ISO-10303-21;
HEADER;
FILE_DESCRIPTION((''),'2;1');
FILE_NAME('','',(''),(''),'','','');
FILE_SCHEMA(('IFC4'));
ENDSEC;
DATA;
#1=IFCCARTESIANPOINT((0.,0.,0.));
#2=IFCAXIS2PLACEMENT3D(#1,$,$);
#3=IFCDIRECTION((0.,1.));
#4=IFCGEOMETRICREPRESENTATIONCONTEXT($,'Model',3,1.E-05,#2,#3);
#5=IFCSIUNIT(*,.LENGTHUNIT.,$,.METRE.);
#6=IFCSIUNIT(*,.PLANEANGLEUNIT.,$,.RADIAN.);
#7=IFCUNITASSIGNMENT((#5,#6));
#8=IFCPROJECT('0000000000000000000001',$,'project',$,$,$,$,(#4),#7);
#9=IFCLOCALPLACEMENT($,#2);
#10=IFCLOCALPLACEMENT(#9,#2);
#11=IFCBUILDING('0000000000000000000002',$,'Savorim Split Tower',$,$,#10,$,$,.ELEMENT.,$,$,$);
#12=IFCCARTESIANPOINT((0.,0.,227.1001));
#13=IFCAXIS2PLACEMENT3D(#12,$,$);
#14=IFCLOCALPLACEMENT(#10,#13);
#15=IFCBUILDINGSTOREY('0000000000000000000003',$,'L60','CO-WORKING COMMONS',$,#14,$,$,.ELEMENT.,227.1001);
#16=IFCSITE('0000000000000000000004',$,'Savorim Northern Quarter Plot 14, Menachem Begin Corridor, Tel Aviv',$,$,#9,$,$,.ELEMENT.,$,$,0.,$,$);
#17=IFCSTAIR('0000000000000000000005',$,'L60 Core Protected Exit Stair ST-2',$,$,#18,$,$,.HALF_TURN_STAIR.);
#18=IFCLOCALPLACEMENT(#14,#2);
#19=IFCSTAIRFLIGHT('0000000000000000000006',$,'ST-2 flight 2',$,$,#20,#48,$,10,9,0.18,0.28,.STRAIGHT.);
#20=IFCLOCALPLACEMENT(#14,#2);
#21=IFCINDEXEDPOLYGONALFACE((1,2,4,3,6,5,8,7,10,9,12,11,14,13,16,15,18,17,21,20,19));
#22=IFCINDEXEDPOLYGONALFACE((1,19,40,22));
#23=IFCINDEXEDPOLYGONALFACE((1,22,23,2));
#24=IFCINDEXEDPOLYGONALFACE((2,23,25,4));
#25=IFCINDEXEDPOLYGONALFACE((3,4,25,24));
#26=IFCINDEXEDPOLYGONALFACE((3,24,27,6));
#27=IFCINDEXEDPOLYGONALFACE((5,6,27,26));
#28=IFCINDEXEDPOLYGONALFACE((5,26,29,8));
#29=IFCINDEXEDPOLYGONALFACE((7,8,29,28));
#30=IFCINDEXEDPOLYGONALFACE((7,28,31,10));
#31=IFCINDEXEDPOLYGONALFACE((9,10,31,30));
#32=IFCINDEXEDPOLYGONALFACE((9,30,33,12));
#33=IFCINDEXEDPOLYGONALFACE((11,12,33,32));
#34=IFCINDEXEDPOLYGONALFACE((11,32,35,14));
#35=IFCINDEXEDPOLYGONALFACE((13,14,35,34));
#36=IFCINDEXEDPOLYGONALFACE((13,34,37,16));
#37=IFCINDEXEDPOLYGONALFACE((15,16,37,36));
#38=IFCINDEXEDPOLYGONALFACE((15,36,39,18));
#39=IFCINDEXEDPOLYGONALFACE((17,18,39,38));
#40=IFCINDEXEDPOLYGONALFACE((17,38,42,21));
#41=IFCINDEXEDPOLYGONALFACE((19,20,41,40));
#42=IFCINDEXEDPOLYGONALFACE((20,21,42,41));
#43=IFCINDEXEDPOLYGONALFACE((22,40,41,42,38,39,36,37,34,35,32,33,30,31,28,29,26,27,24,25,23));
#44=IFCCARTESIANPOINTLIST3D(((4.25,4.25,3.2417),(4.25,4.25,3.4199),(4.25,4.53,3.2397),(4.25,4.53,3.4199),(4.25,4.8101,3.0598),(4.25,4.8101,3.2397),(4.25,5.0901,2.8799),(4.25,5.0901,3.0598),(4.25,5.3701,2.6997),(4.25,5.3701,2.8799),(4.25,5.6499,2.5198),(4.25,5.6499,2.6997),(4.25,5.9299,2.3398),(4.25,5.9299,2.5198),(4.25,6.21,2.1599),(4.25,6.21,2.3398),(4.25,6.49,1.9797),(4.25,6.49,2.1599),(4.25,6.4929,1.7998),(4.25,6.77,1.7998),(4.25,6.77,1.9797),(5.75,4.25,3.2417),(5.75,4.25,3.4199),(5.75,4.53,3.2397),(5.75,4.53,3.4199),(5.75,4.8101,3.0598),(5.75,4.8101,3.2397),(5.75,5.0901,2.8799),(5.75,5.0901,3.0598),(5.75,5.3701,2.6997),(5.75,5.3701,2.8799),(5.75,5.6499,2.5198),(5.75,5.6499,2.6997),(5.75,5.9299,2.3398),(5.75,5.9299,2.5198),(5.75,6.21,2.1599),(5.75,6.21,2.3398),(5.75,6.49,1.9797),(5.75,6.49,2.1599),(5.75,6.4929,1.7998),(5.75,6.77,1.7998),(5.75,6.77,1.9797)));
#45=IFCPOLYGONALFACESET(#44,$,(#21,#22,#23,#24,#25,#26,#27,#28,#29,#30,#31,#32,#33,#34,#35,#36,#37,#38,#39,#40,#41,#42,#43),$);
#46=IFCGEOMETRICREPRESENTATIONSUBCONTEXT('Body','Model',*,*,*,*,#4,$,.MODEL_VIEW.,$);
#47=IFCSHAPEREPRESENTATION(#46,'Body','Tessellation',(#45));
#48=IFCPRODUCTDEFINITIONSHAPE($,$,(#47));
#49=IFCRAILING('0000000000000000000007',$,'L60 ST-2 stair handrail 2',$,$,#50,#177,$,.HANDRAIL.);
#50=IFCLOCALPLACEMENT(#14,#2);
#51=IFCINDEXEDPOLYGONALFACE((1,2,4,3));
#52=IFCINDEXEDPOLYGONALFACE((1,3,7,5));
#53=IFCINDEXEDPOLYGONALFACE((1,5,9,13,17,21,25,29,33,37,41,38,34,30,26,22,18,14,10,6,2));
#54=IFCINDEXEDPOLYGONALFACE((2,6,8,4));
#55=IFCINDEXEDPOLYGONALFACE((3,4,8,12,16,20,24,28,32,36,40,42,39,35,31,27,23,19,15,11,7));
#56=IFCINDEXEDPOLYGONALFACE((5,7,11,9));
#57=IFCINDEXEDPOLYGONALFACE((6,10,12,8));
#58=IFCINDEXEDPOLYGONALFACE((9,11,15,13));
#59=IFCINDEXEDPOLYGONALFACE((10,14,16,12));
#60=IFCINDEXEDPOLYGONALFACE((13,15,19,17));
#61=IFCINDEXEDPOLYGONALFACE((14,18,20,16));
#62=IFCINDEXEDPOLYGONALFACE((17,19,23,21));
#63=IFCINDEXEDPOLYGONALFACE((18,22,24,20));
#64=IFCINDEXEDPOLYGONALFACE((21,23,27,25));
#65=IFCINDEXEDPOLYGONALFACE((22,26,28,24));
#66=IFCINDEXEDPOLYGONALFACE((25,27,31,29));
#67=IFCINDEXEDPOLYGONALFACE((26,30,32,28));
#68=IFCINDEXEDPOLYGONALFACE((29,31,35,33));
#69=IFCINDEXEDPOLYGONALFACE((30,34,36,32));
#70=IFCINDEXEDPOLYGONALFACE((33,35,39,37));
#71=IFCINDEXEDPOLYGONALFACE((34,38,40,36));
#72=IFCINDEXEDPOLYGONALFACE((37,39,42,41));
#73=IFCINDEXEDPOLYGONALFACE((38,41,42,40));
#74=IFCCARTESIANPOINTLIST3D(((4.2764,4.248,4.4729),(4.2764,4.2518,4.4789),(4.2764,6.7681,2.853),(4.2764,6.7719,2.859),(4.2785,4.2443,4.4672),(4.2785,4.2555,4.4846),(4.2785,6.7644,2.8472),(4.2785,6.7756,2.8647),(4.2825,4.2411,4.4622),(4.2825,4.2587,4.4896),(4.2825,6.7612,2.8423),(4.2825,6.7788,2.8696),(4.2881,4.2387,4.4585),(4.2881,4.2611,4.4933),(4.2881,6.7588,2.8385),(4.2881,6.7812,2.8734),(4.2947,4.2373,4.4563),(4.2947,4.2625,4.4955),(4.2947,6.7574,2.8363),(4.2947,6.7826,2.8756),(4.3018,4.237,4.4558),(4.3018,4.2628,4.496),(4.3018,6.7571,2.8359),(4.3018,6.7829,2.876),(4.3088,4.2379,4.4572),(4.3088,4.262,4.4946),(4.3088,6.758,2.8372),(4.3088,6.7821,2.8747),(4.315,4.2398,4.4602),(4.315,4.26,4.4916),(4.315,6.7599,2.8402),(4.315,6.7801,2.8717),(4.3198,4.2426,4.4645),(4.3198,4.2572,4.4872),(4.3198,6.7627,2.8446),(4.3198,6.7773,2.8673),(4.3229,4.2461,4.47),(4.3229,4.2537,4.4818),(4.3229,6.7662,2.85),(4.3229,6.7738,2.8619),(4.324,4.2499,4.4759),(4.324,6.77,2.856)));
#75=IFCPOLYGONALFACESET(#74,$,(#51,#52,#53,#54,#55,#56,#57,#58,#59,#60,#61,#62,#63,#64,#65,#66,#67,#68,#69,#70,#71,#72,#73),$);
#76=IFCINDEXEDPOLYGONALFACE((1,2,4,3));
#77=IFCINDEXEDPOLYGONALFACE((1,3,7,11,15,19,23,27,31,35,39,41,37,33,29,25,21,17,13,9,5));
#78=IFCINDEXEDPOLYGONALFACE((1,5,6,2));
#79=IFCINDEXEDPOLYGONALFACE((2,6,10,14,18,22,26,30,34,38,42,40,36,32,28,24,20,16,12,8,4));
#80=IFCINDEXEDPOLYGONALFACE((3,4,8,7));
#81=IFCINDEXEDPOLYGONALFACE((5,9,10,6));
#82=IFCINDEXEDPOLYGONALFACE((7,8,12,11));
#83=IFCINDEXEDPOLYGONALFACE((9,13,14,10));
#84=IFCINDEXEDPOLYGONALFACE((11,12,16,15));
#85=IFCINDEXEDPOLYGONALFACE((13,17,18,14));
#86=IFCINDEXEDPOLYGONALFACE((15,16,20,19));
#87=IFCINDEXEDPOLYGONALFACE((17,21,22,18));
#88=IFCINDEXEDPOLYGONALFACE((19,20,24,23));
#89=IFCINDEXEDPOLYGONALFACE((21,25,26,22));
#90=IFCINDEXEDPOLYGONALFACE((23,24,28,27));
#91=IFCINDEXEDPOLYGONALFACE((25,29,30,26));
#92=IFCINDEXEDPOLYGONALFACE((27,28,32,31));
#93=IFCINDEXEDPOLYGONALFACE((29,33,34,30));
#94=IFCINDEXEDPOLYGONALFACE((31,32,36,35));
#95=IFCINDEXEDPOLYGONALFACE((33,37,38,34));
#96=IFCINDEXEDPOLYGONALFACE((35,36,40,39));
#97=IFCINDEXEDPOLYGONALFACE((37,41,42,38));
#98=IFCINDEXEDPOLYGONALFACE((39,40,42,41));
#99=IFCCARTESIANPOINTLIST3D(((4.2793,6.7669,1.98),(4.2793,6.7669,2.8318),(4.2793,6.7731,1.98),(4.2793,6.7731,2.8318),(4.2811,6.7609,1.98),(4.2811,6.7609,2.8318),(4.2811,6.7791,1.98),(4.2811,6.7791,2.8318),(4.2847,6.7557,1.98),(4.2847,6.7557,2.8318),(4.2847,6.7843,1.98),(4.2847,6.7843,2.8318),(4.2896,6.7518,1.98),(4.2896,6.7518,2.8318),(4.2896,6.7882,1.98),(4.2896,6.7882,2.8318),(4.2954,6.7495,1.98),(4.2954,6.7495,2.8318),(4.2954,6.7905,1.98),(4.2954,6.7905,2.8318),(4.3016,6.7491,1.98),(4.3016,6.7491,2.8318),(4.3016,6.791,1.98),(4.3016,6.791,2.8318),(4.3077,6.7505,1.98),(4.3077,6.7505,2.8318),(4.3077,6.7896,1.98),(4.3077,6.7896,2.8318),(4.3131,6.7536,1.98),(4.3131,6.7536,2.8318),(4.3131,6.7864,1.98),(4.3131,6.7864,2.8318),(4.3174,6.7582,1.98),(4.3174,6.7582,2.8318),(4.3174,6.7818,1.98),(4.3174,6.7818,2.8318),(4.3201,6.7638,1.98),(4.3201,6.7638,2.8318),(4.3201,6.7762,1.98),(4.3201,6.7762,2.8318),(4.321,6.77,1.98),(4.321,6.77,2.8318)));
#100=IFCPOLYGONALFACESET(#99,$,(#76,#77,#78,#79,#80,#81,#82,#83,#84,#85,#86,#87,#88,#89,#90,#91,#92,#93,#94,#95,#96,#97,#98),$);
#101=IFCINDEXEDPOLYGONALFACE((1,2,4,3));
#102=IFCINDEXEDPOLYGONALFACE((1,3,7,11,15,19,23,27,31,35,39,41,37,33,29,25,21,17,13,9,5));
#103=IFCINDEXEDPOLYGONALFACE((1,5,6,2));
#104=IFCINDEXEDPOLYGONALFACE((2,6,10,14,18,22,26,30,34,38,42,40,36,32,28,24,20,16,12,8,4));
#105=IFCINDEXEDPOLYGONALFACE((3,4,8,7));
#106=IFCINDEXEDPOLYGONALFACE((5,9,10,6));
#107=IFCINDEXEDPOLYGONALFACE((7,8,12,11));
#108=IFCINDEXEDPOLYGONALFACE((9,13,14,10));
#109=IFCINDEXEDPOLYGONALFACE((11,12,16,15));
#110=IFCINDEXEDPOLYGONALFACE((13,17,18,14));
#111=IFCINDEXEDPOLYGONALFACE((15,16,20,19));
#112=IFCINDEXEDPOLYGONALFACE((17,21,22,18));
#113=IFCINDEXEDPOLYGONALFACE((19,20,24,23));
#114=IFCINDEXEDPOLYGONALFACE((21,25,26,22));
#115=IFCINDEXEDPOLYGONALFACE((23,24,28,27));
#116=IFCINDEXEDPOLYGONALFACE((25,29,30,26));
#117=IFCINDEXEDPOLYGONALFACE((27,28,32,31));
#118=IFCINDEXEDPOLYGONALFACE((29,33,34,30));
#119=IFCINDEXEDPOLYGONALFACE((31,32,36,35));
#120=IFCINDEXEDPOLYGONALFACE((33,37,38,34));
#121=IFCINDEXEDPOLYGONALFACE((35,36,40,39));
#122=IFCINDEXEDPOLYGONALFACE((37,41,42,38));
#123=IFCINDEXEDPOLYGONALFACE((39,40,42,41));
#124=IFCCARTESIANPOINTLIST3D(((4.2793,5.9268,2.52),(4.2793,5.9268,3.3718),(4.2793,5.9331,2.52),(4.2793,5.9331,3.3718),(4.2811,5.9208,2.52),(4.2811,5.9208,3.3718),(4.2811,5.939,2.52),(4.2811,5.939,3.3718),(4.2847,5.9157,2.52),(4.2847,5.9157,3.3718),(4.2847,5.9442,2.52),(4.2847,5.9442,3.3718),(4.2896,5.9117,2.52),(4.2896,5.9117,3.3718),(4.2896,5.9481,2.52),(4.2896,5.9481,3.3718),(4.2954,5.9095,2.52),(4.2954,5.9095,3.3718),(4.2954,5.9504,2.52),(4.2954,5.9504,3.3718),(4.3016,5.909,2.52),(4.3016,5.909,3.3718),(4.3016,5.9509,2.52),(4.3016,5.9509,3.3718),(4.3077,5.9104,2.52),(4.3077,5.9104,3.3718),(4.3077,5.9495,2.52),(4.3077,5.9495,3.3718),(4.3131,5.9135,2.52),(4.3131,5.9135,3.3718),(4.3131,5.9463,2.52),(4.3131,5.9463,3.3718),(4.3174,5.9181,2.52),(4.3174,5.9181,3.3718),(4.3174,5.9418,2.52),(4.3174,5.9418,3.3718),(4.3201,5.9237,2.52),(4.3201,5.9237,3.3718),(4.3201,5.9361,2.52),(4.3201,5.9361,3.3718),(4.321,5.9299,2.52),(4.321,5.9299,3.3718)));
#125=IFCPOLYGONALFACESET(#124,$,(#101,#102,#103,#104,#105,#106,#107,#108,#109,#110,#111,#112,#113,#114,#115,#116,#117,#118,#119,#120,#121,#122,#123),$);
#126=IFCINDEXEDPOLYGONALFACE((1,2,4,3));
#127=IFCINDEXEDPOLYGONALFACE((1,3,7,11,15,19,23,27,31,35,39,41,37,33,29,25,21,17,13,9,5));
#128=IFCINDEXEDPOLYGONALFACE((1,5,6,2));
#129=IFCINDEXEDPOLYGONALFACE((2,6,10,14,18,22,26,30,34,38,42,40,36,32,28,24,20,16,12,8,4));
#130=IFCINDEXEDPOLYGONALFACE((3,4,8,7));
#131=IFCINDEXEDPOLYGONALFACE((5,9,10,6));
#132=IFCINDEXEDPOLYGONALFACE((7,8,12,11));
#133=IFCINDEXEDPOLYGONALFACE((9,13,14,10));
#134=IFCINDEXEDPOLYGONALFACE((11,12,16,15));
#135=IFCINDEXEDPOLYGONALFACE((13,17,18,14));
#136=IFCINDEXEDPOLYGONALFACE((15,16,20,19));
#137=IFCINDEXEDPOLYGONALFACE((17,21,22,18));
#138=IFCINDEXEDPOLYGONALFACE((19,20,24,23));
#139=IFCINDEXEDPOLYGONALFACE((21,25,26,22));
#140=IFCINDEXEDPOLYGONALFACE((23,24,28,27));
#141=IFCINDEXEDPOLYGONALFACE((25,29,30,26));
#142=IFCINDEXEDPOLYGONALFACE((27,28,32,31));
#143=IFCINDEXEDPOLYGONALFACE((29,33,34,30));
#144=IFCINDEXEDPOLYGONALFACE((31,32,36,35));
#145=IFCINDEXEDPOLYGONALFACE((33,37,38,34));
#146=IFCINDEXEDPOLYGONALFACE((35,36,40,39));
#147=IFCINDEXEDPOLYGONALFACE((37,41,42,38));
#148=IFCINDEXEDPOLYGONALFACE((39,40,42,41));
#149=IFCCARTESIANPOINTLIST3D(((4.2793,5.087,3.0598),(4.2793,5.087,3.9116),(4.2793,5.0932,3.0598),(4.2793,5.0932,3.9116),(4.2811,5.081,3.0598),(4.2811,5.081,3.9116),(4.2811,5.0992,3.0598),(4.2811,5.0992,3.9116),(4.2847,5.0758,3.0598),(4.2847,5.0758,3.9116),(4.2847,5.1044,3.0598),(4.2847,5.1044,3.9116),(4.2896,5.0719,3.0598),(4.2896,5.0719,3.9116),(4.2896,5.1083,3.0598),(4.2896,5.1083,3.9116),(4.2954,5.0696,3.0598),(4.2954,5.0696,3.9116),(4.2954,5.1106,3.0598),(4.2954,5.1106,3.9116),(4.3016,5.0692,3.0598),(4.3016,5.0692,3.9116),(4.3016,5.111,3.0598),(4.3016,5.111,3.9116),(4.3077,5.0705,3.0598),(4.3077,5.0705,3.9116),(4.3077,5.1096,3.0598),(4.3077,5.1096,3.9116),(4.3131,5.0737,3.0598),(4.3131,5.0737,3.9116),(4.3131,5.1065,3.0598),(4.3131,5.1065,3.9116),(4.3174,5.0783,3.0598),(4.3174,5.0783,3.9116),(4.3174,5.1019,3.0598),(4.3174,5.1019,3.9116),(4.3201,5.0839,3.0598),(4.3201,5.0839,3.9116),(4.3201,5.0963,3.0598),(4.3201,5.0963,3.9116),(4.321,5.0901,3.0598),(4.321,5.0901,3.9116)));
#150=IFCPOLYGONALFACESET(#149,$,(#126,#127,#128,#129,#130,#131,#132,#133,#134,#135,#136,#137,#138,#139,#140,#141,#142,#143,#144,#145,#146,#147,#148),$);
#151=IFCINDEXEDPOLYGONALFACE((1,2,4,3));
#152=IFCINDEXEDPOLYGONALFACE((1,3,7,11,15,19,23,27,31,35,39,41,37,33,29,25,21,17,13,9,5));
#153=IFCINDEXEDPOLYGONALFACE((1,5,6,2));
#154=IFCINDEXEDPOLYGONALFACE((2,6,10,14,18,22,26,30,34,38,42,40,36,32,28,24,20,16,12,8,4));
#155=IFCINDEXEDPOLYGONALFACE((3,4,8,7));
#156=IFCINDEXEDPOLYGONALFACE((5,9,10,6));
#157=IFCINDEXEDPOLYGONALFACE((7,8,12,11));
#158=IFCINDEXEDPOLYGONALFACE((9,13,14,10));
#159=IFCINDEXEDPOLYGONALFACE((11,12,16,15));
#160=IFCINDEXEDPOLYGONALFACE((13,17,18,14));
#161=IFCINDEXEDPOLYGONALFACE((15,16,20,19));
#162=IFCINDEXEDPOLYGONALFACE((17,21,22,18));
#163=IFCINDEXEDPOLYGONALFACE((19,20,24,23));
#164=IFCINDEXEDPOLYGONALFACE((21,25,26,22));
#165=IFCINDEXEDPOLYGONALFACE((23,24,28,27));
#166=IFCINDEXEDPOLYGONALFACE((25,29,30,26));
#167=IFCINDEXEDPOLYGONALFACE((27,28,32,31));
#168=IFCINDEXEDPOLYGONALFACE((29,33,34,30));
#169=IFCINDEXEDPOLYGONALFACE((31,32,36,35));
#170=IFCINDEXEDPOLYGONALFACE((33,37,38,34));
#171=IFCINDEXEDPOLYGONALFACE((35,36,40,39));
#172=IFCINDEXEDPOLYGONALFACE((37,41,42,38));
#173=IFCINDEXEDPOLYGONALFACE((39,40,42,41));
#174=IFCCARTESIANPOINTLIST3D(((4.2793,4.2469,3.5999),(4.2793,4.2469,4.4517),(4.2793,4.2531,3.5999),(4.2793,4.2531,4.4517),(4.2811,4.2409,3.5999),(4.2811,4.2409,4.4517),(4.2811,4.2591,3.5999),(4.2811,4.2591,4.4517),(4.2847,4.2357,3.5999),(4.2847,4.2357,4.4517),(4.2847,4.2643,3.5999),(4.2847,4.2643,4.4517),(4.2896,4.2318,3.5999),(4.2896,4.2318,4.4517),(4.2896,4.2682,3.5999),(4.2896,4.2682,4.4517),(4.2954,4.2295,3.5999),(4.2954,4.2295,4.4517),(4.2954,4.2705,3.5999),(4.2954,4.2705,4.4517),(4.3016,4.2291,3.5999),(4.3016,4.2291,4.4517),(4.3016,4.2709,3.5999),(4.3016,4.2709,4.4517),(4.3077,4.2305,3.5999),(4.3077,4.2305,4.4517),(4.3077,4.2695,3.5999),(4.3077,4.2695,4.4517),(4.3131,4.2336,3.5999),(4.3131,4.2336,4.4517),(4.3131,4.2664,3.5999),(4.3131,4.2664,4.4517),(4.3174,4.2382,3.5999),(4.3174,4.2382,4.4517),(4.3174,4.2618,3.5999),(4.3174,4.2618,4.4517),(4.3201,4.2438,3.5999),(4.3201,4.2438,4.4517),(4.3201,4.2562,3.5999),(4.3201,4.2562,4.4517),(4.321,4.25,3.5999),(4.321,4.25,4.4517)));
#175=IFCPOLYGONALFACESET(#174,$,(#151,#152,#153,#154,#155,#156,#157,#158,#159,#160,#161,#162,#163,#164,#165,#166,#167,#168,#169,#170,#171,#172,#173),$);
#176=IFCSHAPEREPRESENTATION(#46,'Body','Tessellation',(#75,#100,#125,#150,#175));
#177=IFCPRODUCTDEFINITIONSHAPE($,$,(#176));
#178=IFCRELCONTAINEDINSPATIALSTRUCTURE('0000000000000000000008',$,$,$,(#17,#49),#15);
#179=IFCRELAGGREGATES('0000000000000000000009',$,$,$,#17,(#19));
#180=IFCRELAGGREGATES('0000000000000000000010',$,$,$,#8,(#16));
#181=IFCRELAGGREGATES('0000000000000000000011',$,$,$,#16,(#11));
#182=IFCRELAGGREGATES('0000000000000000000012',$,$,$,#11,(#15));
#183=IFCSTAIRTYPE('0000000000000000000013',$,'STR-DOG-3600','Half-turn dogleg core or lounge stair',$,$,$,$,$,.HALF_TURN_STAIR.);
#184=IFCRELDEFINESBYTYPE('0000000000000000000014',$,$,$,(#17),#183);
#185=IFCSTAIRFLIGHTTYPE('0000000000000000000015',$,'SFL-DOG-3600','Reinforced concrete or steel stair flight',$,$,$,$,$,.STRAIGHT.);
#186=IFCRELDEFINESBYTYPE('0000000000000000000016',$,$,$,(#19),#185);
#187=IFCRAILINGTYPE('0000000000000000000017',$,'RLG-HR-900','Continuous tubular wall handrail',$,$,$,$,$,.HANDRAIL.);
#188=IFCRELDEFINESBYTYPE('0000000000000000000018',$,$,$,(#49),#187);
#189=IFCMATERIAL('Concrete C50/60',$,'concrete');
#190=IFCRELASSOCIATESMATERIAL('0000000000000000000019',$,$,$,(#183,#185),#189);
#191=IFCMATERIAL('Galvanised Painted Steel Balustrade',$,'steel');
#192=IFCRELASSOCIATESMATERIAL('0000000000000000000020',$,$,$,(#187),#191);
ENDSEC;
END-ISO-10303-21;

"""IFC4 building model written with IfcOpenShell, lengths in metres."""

from ifc_helpers import new_model, si_unit, direction, frame, origin, origin_2d, place, context, subcontext, project, spatial, polyline, circle, outline, extrude, material, type_object, element, aggregate, save


model = new_model("IFC4")

# Units and contexts
model_context = context("Model", 3, precision=1e-05, world=origin(), true_north=direction((0.0, 1.0)))
body_context = subcontext(model_context, "Body", "Model", "MODEL_VIEW")
ifc_project = project(units=[si_unit("LENGTHUNIT", "METRE"), si_unit("PLANEANGLEUNIT", "RADIAN")], contexts=[model_context])

# Site, building, storey
site_placement = place(None, origin())
site = spatial("IfcSite", under=ifc_project, at=site_placement, Name="Savorim Northern Quarter Plot 14, Menachem Begin Corridor, Tel Aviv", CompositionType="ELEMENT", RefElevation=0.0)
building_placement = place(site_placement, origin())
building = spatial("IfcBuilding", under=site, at=building_placement, Name="Savorim Split Tower", CompositionType="ELEMENT")
storey_placement = place(building_placement, frame((0.0, 0.0, 227.1001)))
storey = spatial("IfcBuildingStorey", under=building, at=storey_placement, Name="L60", Description="CO-WORKING COMMONS", CompositionType="ELEMENT", Elevation=227.1001)

# Stair, stair flight
ifc_material_1 = material(Name="Concrete C50/60", Category="concrete")
stair_type = type_object("IfcStairType", Name="STR-DOG-3600", Description="Half-turn dogleg core or lounge stair", PredefinedType="HALF_TURN_STAIR", material=ifc_material_1)
stair_placement = place(storey_placement, origin())
stair = element("IfcStair", 1, at=stair_placement, inside=storey, type_object=stair_type, Name="L60 Core Protected Exit Stair ST-2", PredefinedType="HALF_TURN_STAIR")
stair_flight_type = type_object("IfcStairFlightType", Name="SFL-DOG-3600", Description="Reinforced concrete or steel stair flight", PredefinedType="STRAIGHT", material=ifc_material_1)
stair_flight_placement = place(storey_placement, frame((5.0, 6.77, 1.7998), z_axis=(0.0, 0.0, 1.0), x_axis=(0.0, -1.0, 0.0)))
stair_flight = element("IfcStairFlight", 2, at=stair_flight_placement, type_object=stair_flight_type, Name="ST-2 flight 2", NumberOfRisers=10, NumberOfTreads=9, PredefinedType="STRAIGHT", RiserHeight=0.18, TreadLength=0.28, context=body_context, shape_type="SweptSolid", body=[
    extrude(outline(polyline([(0.0, 0.0), (0.0, 0.1799), (0.28, 0.1799), (0.28, 0.3601), (0.5601, 0.3601), (0.5601, 0.54), (0.8401, 0.54), (0.8401, 0.72), (1.1201, 0.72), (1.1201, 0.8999), (1.3999, 0.8999), (1.3999, 1.0801), (1.6799, 1.0801), (1.6799, 1.26), (1.96, 1.26), (1.96, 1.4399), (2.24, 1.4399), (2.24, 1.6201), (2.52, 1.6201), (2.52, 1.8), (2.52, 1.4419), (0.2771, 0.0), (0.0, 0.0)])), frame((0.0, 0.75, 0.0), z_axis=(0.0, -1.0, 0.0), x_axis=(1.0, 0.0, 0.0)), (0.0, 0.0, 1.0), 1.5),
])
aggregate(stair, [stair_flight])

# Railing
ifc_material_2 = material(Name="Galvanised Painted Steel Balustrade", Category="steel")
railing_type_1 = type_object("IfcRailingType", Name="RLG-HR-900", Description="Continuous tubular wall handrail", PredefinedType="HANDRAIL", material=ifc_material_2)
railing_1_placement = place(storey_placement, frame((4.3, 6.77, 1.98)))
element("IfcRailing", 3, at=railing_1_placement, inside=storey, type_object=railing_type_1, Name="L60 ST-2 stair handrail 2", PredefinedType="HANDRAIL", context=body_context, shape_type="SweptSolid", body=[
    extrude(circle(Radius=0.0239, at=origin_2d()), frame((0.0, 0.0, 0.876), z_axis=(0.0, -0.8412, 0.540725), x_axis=(1.0, 0.0, 0.0)), (0.0, 0.0, 1.0), 2.9958),
    extrude(circle(Radius=0.021, at=origin_2d()), origin(), (0.0, 0.0, 1.0), 0.8518),
    extrude(circle(Radius=0.021, at=origin_2d()), frame((0.0, -0.8401, 0.54)), (0.0, 0.0, 1.0), 0.8518),
    extrude(circle(Radius=0.021, at=origin_2d()), frame((0.0, -1.6799, 1.0798)), (0.0, 0.0, 1.0), 0.8518),
    extrude(circle(Radius=0.021, at=origin_2d()), frame((0.0, -2.52, 1.6199)), (0.0, 0.0, 1.0), 0.8518),
])

save(model, "model.ifc")
